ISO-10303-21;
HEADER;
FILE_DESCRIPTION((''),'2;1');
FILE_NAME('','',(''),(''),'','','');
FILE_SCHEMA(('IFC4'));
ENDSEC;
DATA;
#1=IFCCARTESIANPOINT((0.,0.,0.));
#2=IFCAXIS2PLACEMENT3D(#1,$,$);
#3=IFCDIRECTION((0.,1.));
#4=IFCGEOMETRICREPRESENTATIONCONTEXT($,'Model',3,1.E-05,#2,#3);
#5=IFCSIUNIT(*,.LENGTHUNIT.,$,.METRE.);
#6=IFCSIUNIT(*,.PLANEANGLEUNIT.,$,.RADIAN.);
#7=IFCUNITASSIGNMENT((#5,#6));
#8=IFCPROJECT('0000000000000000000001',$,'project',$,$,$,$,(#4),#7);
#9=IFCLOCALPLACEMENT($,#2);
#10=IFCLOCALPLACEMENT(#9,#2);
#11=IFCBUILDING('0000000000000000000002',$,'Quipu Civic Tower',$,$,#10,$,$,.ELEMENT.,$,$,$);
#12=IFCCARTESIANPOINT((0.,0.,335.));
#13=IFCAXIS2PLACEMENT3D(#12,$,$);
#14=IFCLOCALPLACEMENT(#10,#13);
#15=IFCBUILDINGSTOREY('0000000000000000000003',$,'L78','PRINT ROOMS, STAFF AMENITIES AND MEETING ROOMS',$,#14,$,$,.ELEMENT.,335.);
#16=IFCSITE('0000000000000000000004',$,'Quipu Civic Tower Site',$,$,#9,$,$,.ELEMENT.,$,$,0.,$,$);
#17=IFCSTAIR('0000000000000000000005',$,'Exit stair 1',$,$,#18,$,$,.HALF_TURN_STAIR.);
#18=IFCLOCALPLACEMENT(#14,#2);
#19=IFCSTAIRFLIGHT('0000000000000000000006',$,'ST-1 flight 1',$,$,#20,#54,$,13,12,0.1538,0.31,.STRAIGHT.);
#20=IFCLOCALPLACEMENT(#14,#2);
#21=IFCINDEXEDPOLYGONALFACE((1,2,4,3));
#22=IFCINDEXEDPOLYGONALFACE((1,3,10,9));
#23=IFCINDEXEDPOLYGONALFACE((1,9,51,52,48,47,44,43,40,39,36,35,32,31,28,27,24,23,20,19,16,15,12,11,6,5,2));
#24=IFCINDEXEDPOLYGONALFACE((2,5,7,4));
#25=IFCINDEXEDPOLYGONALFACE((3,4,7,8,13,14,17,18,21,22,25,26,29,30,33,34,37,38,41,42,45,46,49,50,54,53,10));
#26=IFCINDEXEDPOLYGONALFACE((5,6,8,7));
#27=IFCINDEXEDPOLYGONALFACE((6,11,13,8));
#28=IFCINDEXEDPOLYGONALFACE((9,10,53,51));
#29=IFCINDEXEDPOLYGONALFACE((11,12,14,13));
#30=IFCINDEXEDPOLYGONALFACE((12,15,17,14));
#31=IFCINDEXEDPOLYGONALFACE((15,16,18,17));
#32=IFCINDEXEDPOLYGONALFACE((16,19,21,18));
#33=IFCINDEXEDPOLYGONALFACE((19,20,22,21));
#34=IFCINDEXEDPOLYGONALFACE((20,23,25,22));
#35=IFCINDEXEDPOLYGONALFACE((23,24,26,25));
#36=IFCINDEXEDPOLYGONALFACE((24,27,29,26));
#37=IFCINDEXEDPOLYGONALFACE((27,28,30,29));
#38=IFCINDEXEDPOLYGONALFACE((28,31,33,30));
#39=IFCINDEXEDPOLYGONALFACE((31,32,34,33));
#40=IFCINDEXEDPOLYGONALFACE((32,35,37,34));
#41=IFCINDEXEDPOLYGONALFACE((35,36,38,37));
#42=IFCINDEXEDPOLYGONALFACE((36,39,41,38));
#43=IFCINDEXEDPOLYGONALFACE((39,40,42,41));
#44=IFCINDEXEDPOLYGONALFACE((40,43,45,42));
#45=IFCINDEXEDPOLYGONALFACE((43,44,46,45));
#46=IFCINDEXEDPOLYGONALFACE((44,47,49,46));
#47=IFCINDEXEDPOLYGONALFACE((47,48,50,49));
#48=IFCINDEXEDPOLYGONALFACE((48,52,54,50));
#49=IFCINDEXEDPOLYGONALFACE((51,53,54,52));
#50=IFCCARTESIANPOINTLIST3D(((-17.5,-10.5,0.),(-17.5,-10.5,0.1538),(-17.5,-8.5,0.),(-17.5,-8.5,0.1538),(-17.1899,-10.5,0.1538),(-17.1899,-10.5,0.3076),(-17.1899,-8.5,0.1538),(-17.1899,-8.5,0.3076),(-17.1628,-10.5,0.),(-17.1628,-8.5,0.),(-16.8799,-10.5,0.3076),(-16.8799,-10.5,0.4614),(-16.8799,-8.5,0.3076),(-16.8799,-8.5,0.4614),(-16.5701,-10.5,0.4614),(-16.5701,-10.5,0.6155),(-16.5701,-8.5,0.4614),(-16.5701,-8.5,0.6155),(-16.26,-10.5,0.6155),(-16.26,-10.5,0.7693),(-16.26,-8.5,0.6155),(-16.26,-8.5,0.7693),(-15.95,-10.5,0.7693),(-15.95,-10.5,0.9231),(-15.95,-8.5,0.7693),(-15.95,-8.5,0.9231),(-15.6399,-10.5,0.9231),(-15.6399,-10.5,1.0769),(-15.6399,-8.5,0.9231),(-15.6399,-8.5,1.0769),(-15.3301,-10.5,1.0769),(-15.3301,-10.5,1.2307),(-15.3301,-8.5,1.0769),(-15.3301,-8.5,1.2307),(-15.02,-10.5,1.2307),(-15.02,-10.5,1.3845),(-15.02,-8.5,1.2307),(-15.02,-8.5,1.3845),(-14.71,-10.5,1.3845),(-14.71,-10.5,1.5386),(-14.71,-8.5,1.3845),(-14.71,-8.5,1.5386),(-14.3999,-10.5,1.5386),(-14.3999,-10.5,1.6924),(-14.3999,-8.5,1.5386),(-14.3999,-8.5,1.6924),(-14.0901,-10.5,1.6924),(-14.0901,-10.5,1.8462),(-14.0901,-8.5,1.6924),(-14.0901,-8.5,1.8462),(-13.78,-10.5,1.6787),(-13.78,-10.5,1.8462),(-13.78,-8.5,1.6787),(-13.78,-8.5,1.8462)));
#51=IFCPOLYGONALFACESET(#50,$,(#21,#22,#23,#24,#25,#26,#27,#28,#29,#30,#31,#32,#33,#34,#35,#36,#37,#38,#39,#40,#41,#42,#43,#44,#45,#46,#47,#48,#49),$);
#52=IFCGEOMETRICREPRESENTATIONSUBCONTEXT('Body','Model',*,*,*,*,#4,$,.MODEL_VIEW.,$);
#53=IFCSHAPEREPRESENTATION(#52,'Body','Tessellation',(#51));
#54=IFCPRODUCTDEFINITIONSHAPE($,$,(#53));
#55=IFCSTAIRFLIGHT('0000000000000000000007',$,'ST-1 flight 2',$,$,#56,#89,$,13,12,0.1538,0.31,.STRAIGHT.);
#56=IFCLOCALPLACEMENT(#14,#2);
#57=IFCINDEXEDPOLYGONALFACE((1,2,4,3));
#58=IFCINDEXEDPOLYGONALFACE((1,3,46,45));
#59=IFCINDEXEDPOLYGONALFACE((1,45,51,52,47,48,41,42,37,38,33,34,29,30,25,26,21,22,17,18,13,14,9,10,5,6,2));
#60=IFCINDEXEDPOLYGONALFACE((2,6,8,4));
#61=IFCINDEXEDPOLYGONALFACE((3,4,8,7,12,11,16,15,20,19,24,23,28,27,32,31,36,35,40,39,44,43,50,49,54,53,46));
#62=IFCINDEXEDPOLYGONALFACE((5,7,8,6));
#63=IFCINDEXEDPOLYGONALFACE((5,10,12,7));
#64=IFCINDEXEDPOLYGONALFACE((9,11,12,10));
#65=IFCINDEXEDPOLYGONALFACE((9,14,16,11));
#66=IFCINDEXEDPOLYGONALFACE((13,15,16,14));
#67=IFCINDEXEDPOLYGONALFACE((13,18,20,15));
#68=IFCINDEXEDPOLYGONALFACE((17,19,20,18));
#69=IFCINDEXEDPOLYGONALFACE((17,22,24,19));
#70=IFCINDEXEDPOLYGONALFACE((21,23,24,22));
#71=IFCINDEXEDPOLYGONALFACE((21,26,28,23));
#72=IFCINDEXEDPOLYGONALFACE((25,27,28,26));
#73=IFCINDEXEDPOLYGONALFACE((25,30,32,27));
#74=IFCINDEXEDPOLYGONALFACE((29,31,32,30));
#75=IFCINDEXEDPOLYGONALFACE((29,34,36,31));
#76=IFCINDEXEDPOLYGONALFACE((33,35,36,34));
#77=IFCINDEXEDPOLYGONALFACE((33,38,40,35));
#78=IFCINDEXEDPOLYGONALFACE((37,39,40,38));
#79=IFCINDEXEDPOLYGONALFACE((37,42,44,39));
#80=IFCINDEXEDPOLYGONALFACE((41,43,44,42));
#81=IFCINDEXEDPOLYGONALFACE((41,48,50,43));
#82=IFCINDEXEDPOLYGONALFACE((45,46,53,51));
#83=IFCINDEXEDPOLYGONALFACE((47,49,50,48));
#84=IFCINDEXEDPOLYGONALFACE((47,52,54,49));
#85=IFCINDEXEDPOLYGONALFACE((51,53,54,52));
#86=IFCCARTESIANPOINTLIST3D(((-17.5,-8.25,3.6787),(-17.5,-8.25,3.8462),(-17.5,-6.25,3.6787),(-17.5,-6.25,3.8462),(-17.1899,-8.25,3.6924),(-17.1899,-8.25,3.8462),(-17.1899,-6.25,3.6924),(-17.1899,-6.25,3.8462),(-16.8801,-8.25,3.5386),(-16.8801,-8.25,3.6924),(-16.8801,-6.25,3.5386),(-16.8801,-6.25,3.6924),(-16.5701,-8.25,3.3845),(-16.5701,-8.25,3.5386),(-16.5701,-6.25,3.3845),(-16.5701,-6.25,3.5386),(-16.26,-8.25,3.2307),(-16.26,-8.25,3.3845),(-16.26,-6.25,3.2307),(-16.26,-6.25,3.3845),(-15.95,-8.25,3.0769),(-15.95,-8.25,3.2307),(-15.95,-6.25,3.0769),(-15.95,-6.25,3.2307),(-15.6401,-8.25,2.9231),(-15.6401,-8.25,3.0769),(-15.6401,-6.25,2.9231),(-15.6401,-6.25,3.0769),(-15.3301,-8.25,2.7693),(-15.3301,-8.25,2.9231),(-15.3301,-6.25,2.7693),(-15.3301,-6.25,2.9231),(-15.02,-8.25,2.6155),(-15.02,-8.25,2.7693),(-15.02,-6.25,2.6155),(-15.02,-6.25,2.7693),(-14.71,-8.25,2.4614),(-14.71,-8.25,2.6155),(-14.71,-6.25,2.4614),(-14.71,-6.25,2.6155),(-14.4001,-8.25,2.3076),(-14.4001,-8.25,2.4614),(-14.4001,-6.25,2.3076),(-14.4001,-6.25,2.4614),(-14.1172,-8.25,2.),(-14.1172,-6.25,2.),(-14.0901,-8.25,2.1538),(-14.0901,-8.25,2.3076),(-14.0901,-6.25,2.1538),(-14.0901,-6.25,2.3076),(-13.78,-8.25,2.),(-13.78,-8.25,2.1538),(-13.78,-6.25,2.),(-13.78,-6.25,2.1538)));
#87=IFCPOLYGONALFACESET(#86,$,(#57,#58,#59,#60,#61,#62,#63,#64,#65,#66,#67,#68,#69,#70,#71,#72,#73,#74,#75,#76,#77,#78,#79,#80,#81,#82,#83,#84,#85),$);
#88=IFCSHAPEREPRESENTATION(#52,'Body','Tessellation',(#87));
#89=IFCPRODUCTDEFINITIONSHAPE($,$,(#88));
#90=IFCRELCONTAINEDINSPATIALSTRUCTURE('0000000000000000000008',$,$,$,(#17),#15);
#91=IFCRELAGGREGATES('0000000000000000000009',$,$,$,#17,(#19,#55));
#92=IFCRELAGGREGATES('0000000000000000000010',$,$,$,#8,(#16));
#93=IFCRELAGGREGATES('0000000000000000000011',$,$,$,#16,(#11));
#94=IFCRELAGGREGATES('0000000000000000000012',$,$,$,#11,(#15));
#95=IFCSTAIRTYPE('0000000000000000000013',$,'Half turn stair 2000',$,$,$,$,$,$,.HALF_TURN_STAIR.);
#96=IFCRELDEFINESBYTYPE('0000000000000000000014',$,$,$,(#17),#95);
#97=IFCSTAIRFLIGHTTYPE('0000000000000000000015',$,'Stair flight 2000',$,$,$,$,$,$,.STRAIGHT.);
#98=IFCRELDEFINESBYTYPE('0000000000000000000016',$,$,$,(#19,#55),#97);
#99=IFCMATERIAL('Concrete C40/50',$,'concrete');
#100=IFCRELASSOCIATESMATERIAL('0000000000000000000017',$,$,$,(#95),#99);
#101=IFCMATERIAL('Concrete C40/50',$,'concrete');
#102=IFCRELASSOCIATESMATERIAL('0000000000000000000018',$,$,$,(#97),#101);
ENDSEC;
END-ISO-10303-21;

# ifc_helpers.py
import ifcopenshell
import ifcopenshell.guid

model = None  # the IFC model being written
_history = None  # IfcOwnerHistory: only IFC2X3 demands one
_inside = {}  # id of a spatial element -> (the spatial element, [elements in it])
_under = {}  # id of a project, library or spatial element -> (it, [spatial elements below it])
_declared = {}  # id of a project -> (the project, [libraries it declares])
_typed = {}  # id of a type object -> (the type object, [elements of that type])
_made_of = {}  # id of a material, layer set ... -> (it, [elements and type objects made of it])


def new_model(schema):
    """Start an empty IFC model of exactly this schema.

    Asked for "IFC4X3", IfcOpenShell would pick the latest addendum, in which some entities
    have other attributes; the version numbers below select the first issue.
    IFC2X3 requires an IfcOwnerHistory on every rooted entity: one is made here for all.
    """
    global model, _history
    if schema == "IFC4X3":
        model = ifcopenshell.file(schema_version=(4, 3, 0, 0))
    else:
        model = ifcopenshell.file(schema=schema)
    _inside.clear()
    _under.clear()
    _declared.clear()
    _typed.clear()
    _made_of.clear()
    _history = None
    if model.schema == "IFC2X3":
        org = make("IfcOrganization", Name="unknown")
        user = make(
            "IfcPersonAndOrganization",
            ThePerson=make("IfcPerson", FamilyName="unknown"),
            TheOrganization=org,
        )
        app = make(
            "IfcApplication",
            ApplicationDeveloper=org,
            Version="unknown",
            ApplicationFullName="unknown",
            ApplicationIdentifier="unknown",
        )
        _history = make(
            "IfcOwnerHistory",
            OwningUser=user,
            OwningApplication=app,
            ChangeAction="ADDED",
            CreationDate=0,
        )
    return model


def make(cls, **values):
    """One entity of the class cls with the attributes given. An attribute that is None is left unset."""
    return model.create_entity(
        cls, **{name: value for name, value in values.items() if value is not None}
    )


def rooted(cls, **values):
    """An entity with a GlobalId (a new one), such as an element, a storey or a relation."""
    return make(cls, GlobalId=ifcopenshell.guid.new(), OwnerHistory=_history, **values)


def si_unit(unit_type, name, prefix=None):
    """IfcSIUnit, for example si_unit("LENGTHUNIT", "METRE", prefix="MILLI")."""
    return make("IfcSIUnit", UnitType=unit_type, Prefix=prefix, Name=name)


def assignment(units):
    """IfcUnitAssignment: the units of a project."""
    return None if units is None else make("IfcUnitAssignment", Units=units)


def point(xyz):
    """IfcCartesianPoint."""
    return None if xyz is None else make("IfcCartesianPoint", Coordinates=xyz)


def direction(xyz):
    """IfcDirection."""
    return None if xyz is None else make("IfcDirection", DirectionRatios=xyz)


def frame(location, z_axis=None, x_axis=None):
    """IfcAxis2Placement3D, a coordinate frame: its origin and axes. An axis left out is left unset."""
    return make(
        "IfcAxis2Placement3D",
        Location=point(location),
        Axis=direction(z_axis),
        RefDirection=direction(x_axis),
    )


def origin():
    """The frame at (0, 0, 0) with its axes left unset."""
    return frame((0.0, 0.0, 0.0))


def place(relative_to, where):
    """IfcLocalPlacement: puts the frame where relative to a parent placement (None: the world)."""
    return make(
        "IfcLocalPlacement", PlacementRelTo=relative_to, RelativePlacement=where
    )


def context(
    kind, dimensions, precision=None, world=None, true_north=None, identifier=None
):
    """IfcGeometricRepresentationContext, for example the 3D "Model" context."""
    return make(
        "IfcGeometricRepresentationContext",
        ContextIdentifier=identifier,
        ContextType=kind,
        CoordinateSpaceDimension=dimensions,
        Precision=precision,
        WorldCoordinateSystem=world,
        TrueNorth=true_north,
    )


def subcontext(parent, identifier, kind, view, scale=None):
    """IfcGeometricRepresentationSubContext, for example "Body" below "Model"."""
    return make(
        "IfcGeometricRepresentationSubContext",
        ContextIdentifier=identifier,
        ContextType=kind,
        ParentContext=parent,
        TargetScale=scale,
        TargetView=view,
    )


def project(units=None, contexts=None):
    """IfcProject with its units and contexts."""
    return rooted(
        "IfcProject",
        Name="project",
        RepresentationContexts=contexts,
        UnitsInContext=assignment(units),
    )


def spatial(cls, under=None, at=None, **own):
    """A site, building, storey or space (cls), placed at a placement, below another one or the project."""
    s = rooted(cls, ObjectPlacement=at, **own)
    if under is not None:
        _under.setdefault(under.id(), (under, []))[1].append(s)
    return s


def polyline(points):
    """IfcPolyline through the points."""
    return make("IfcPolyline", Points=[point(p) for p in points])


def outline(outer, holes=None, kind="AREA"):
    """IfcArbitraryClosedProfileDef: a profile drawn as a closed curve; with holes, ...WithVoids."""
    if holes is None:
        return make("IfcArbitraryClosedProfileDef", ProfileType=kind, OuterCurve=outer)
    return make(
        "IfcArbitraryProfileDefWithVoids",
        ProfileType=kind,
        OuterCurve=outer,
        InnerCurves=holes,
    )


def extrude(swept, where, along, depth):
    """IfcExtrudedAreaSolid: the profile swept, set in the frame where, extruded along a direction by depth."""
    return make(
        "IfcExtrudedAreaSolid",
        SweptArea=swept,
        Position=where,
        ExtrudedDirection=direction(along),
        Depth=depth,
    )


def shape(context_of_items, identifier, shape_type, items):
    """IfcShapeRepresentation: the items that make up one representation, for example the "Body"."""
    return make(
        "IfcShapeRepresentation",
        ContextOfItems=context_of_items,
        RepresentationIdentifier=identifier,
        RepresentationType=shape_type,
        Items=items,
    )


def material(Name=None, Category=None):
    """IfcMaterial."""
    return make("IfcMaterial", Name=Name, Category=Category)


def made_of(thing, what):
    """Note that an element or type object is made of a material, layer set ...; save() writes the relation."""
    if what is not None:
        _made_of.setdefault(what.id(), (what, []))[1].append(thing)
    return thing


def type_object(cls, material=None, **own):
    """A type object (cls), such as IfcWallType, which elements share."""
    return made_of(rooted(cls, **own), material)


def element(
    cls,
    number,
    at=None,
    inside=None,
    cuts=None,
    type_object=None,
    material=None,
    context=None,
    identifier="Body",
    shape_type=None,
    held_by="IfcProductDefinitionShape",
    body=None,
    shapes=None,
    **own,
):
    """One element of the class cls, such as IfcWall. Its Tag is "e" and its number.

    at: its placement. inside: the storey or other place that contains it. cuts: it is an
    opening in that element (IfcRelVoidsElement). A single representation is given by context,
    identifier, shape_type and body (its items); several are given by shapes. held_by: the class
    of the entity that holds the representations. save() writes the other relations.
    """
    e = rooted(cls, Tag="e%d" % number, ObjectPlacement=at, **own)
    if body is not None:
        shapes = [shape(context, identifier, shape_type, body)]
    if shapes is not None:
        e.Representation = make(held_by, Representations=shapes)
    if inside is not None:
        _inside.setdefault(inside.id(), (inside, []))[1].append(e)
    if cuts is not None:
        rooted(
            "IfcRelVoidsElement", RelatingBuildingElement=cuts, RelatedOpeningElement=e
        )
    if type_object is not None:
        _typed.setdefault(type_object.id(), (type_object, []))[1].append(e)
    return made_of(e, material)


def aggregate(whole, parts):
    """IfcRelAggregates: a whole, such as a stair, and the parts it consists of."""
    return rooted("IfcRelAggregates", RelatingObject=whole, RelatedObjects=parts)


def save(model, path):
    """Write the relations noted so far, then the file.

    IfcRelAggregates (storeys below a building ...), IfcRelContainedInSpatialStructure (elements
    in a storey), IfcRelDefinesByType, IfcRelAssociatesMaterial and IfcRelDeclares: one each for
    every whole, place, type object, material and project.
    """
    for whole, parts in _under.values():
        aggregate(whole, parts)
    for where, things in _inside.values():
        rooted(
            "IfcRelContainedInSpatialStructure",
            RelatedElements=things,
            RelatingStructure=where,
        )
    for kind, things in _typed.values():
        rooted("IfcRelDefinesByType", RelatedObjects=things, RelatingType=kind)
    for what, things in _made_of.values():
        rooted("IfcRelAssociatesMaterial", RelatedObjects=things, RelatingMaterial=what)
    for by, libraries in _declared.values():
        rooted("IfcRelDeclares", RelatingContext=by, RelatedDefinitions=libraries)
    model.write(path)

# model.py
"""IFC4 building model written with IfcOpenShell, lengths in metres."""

from ifc_helpers import new_model, si_unit, direction, frame, origin, place, context, subcontext, project, spatial, polyline, outline, extrude, material, type_object, element, aggregate, save


model = new_model("IFC4")

# Units and contexts
model_context = context("Model", 3, precision=1e-05, world=origin(), true_north=direction((0.0, 1.0)))
body_context = subcontext(model_context, "Body", "Model", "MODEL_VIEW")
ifc_project = project(units=[si_unit("LENGTHUNIT", "METRE"), si_unit("PLANEANGLEUNIT", "RADIAN")], contexts=[model_context])

# Site, building, storey
site_placement = place(None, origin())
site = spatial("IfcSite", under=ifc_project, at=site_placement, Name="Quipu Civic Tower Site", CompositionType="ELEMENT", RefElevation=0.0)
building_placement = place(site_placement, origin())
building = spatial("IfcBuilding", under=site, at=building_placement, Name="Quipu Civic Tower", CompositionType="ELEMENT")
storey_placement = place(building_placement, frame((0.0, 0.0, 335.0)))
storey = spatial("IfcBuildingStorey", under=building, at=storey_placement, Name="L78", Description="PRINT ROOMS, STAFF AMENITIES AND MEETING ROOMS", CompositionType="ELEMENT", Elevation=335.0)

# Stair, stair flights
ifc_material_1 = material(Name="Concrete C40/50", Category="concrete")
stair_type = type_object("IfcStairType", Name="Half turn stair 2000", PredefinedType="HALF_TURN_STAIR", material=ifc_material_1)
stair_placement = place(storey_placement, origin())
stair = element("IfcStair", 1, at=stair_placement, inside=storey, type_object=stair_type, Name="Exit stair 1", PredefinedType="HALF_TURN_STAIR")
ifc_material_2 = material(Name="Concrete C40/50", Category="concrete")
stair_flight_type = type_object("IfcStairFlightType", Name="Stair flight 2000", PredefinedType="STRAIGHT", material=ifc_material_2)
stair_flight_1_placement = place(storey_placement, frame((-17.5, -9.5, 0.0), z_axis=(0.0, 0.0, 1.0), x_axis=(1.0, 0.0, 0.0)))
stair_flight_1 = element("IfcStairFlight", 2, at=stair_flight_1_placement, type_object=stair_flight_type, Name="ST-1 flight 1", NumberOfRisers=13, NumberOfTreads=12, PredefinedType="STRAIGHT", RiserHeight=0.1538, TreadLength=0.31, context=body_context, shape_type="SweptSolid", body=[
    extrude(outline(polyline([(0.0, 0.0), (0.0, 0.1538), (0.3101, 0.1538), (0.3101, 0.3076), (0.6201, 0.3076), (0.6201, 0.4614), (0.9299, 0.4614), (0.9299, 0.6155), (1.24, 0.6155), (1.24, 0.7693), (1.55, 0.7693), (1.55, 0.9231), (1.8601, 0.9231), (1.8601, 1.0769), (2.1699, 1.0769), (2.1699, 1.2307), (2.48, 1.2307), (2.48, 1.3845), (2.79, 1.3845), (2.79, 1.5386), (3.1001, 1.5386), (3.1001, 1.6924), (3.4099, 1.6924), (3.4099, 1.8462), (3.72, 1.8462), (3.72, 2.0), (3.72, 1.6787), (0.3372, 0.0), (0.0, 0.0)])), frame((0.0, 1.0, 0.0), z_axis=(0.0, -1.0, 0.0), x_axis=(1.0, 0.0, 0.0)), (0.0, 0.0, 1.0), 2.0),
])
stair_flight_2_placement = place(storey_placement, frame((-13.78, -7.25, 2.0), z_axis=(0.0, 0.0, 1.0), x_axis=(-1.0, 0.0, 0.0)))
stair_flight_2 = element("IfcStairFlight", 3, at=stair_flight_2_placement, type_object=stair_flight_type, Name="ST-1 flight 2", NumberOfRisers=13, NumberOfTreads=12, PredefinedType="STRAIGHT", RiserHeight=0.1538, TreadLength=0.31, context=body_context, shape_type="SweptSolid", body=[
    extrude(outline(polyline([(0.0, 0.0), (0.0, 0.1538), (0.3101, 0.1538), (0.3101, 0.3076), (0.6201, 0.3076), (0.6201, 0.4614), (0.9299, 0.4614), (0.9299, 0.6155), (1.24, 0.6155), (1.24, 0.7693), (1.55, 0.7693), (1.55, 0.9231), (1.8601, 0.9231), (1.8601, 1.0769), (2.1699, 1.0769), (2.1699, 1.2307), (2.48, 1.2307), (2.48, 1.3845), (2.79, 1.3845), (2.79, 1.5386), (3.1001, 1.5386), (3.1001, 1.6924), (3.4099, 1.6924), (3.4099, 1.8462), (3.72, 1.8462), (3.72, 2.0), (3.72, 1.6787), (0.3372, 0.0), (0.0, 0.0)])), frame((0.0, 1.0, 0.0), z_axis=(0.0, -1.0, 0.0), x_axis=(1.0, 0.0, 0.0)), (0.0, 0.0, 1.0), 2.0),
])
aggregate(stair, [stair_flight_1, stair_flight_2])

save(model, "model.ifc")
